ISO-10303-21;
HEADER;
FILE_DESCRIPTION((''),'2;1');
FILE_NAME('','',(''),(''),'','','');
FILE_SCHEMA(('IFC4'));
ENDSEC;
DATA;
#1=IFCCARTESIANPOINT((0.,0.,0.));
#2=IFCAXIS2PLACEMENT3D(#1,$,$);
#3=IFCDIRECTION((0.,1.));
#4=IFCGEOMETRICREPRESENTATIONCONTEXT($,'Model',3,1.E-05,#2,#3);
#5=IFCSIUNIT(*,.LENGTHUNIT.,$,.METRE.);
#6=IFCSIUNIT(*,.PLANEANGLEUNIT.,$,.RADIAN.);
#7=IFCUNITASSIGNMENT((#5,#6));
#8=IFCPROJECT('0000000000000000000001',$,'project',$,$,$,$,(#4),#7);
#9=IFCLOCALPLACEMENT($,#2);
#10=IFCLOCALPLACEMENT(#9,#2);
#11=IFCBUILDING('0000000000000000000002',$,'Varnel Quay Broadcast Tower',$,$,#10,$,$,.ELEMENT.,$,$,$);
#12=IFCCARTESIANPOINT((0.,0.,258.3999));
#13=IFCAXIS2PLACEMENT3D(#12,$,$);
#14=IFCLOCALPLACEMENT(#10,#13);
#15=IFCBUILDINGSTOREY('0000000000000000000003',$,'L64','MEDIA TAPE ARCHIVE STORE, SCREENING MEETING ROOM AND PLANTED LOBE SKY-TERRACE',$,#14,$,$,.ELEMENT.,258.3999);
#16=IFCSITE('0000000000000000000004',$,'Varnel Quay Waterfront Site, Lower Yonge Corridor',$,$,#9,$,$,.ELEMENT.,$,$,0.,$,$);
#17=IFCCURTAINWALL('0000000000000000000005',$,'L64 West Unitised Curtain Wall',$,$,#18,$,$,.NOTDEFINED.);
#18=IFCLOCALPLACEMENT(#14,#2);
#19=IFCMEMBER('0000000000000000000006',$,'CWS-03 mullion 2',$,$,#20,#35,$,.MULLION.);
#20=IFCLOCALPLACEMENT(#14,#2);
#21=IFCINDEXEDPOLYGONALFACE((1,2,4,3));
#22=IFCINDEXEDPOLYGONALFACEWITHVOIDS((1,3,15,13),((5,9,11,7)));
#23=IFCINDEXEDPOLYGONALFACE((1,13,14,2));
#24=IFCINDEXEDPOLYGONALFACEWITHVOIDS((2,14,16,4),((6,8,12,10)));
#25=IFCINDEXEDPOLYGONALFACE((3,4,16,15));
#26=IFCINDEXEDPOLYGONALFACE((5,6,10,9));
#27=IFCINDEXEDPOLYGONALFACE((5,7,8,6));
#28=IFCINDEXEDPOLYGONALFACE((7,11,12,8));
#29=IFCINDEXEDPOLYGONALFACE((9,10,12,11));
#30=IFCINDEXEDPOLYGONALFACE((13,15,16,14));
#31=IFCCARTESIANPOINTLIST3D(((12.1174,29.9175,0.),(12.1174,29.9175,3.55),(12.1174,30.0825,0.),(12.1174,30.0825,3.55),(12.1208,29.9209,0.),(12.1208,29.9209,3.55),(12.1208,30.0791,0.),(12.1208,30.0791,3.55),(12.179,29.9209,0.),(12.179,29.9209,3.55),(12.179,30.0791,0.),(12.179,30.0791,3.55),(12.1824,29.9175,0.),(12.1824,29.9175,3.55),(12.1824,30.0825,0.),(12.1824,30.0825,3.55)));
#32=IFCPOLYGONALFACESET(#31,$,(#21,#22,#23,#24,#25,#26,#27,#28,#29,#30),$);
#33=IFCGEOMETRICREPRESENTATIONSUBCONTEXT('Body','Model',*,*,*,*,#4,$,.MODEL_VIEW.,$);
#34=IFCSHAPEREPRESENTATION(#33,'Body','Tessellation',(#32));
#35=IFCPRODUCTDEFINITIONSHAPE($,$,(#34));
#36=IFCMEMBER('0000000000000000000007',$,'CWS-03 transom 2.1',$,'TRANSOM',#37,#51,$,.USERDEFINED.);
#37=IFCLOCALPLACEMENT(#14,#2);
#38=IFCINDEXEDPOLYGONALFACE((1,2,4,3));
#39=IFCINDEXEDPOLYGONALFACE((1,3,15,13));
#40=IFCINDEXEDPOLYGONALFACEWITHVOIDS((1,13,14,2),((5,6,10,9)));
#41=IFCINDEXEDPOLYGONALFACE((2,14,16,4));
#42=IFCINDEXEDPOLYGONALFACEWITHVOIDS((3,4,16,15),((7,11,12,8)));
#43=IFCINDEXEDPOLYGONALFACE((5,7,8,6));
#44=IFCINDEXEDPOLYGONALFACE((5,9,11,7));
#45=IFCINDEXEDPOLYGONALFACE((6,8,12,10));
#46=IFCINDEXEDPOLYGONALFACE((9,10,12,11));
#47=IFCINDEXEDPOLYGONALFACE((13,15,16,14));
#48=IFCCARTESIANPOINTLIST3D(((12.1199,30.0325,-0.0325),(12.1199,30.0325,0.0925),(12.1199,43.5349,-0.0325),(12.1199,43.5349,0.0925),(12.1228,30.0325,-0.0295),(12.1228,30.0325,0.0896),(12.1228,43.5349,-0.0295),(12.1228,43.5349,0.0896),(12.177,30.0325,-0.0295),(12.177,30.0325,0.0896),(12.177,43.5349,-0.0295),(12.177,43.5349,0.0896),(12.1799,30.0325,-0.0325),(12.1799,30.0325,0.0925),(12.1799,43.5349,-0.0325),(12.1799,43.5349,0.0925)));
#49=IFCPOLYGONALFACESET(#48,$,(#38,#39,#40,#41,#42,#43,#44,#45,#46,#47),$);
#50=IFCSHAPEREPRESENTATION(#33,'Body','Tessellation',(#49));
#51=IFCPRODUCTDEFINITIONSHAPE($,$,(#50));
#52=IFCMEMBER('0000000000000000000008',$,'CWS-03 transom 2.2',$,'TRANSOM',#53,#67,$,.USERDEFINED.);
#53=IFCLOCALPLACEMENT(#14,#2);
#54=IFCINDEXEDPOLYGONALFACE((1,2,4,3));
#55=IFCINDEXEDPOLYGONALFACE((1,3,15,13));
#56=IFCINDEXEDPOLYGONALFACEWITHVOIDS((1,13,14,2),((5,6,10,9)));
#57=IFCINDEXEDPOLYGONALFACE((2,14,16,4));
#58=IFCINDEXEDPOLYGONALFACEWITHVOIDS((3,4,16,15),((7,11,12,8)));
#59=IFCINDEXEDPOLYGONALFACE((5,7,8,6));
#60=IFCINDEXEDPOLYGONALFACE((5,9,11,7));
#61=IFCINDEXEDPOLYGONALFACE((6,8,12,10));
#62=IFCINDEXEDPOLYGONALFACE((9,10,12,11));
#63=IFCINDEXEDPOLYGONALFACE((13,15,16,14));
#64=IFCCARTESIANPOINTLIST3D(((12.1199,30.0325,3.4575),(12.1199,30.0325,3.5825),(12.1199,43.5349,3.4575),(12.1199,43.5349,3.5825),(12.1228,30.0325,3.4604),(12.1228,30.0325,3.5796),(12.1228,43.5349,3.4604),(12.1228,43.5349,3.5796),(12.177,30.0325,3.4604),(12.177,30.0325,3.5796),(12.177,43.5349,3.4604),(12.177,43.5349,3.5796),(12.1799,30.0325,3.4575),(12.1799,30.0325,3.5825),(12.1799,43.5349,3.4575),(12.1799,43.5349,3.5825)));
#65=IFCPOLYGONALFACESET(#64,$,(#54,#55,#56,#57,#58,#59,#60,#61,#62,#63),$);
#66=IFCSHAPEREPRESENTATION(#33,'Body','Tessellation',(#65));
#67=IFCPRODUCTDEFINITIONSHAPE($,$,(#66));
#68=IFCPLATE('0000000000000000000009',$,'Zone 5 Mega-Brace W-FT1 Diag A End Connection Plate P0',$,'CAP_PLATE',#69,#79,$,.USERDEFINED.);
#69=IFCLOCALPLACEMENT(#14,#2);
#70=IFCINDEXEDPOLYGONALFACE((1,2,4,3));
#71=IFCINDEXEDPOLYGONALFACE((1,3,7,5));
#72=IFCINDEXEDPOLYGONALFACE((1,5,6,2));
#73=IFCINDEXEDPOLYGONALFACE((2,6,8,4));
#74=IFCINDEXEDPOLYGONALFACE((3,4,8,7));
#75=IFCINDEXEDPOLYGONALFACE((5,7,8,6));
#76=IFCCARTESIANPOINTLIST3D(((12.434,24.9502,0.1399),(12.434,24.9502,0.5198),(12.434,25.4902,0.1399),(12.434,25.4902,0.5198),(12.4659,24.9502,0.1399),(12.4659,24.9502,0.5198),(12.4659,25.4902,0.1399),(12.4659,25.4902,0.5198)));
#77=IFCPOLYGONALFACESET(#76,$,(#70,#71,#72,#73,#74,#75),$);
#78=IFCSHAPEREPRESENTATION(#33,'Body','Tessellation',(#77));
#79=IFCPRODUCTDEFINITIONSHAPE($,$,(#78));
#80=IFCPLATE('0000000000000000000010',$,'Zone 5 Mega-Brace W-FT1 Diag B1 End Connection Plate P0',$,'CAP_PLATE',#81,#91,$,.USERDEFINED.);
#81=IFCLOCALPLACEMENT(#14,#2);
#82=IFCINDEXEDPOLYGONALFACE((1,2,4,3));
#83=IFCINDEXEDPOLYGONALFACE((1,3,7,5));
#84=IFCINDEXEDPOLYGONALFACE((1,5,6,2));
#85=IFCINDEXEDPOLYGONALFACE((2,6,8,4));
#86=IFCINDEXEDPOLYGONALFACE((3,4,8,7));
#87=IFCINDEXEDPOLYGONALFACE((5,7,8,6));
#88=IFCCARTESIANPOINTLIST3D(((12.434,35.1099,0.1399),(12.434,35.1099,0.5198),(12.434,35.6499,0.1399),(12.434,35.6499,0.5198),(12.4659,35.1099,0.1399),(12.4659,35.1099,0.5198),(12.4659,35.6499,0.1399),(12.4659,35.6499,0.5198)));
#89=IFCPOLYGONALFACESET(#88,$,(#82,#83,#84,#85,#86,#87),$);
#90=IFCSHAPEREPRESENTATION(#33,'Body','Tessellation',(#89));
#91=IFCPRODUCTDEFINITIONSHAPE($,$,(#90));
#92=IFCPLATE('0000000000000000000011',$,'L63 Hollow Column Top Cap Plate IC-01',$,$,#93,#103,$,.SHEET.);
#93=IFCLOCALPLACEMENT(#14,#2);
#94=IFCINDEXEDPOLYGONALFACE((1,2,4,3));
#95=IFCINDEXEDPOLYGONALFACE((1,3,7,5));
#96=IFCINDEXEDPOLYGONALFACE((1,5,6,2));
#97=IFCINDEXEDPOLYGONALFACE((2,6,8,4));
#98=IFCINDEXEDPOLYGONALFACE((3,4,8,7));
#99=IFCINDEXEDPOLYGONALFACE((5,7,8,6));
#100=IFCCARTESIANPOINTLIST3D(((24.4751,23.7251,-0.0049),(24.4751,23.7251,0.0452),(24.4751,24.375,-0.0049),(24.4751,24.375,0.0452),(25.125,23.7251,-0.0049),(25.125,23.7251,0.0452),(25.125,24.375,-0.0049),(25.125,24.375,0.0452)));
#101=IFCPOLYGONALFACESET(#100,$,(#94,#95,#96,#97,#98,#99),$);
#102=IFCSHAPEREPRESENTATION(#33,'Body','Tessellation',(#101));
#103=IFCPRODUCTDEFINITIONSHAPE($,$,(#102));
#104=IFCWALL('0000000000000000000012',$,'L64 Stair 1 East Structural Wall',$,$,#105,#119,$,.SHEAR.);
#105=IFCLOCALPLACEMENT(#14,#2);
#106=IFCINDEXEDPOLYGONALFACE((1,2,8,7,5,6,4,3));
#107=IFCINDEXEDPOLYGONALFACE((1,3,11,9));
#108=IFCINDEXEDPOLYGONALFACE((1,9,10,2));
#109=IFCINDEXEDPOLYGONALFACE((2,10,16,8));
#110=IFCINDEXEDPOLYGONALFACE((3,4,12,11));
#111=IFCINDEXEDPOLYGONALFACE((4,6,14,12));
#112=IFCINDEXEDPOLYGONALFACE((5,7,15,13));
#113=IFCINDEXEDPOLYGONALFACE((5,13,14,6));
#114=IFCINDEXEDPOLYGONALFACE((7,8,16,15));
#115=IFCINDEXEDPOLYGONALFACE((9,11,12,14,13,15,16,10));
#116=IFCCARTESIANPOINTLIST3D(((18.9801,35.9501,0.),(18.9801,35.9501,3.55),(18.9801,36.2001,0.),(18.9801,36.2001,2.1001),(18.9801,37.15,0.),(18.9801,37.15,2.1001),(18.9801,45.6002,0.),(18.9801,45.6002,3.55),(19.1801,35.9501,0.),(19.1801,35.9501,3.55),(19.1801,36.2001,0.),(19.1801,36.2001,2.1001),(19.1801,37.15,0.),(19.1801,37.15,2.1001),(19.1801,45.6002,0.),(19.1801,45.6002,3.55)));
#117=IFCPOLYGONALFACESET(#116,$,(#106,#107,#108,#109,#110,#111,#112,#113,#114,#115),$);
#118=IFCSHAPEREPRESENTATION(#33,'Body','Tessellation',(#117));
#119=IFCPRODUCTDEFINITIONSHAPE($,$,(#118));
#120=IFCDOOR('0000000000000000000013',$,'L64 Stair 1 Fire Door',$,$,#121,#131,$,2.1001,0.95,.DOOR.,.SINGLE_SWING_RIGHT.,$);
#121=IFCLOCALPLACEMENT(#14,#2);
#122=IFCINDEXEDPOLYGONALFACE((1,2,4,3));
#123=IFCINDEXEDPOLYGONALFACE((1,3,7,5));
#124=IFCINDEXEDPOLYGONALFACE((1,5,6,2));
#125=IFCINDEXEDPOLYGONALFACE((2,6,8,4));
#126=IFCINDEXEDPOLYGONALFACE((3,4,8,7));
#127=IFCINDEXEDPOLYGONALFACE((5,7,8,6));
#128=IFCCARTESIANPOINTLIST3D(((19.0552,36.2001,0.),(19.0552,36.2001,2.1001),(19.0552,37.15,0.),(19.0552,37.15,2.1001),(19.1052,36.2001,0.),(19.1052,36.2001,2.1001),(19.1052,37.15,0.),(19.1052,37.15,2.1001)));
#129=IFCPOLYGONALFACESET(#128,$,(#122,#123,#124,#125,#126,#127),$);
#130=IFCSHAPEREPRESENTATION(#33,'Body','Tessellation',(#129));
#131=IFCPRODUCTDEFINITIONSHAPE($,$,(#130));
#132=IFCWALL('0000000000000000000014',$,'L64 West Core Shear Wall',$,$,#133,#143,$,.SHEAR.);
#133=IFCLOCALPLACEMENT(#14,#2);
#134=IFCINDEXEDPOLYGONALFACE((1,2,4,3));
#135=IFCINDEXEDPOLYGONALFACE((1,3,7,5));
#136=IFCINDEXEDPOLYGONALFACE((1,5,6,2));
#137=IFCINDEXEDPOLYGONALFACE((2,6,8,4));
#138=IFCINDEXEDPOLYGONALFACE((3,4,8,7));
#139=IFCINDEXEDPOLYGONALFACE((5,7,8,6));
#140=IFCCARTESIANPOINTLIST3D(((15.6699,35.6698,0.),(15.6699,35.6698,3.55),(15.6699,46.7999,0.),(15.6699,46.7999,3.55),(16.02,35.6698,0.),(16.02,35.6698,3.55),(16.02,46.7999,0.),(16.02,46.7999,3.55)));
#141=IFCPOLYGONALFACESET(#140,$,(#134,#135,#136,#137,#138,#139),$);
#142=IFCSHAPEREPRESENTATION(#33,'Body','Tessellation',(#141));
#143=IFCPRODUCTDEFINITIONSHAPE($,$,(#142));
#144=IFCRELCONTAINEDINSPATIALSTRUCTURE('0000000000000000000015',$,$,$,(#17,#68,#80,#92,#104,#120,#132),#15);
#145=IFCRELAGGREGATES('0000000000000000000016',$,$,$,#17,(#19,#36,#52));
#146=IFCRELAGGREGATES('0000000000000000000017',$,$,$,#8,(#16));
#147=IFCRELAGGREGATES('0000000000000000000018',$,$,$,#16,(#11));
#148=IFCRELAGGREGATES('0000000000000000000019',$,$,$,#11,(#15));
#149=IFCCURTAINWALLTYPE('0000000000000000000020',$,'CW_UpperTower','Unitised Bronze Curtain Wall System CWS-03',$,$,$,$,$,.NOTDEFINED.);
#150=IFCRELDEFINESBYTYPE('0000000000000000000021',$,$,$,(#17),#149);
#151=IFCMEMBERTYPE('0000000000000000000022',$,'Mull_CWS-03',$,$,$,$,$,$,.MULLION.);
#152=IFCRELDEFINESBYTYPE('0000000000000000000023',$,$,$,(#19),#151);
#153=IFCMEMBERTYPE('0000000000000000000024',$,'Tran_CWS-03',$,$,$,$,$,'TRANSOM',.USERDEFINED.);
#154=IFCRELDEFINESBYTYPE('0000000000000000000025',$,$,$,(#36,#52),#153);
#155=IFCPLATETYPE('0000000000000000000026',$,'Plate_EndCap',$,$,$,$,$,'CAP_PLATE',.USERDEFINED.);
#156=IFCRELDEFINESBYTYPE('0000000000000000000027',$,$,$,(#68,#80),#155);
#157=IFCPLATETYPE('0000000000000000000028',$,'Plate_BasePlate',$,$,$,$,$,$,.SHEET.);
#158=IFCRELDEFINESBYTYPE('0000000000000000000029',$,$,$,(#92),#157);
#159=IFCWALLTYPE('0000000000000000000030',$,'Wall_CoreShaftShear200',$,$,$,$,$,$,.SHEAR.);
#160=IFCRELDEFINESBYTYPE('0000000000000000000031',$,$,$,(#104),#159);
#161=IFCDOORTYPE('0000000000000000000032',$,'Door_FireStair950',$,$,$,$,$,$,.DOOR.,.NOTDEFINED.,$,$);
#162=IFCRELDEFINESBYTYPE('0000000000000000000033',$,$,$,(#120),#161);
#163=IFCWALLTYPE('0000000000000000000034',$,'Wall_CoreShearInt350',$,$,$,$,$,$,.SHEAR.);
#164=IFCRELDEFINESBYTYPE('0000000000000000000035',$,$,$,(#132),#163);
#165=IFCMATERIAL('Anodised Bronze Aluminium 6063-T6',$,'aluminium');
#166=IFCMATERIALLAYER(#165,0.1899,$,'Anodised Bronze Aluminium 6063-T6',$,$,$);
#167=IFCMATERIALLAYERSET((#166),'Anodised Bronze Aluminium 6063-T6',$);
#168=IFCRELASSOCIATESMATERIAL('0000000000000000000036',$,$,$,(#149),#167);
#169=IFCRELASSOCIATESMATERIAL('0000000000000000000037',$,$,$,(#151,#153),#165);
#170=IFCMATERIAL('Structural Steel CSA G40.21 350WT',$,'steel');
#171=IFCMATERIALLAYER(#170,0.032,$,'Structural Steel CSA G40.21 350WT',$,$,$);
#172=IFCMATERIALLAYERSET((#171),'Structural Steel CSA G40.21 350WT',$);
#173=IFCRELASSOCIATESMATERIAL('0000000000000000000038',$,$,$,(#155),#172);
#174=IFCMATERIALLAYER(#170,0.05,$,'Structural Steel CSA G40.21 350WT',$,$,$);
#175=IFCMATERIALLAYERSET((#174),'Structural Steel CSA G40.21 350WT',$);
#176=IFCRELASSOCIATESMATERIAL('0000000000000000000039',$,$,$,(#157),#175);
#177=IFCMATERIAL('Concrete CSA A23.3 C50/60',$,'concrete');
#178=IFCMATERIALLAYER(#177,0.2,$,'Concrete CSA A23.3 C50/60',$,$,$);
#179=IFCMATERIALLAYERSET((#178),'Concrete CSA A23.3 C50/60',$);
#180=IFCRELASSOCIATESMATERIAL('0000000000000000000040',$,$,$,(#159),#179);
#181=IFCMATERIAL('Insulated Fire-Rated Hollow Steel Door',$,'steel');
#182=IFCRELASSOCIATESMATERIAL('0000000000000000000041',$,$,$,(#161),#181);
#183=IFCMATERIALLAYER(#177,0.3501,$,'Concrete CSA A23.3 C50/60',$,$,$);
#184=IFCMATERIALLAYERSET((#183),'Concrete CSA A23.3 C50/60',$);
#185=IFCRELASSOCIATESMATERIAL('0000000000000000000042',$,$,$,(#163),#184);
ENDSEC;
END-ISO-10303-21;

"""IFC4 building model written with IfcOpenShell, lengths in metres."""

from ifc_helpers import new_model, si_unit, direction, frame, frame_2d, origin, origin_2d, place, context, subcontext, project, spatial, rectangle, hollow_rectangle, extrude, source, transform, mapped, material, layer, layer_set, material_profile, profile_set, type_object, type_shapes, element, fill, aggregate, save


model = new_model("IFC4")

# Units and contexts
model_context = context("Model", 3, precision=1e-05, world=origin(), true_north=direction((0.0, 1.0)))
body_context = subcontext(model_context, "Body", "Model", "MODEL_VIEW")
ifc_project = project(units=[si_unit("LENGTHUNIT", "METRE"), si_unit("PLANEANGLEUNIT", "RADIAN")], contexts=[model_context])

# Site, building, storey
site_placement = place(None, origin())
site = spatial("IfcSite", under=ifc_project, at=site_placement, Name="Varnel Quay Waterfront Site, Lower Yonge Corridor", CompositionType="ELEMENT", RefElevation=0.0)
building_placement = place(site_placement, origin())
building = spatial("IfcBuilding", under=site, at=building_placement, Name="Varnel Quay Broadcast Tower", CompositionType="ELEMENT")
storey_placement = place(building_placement, frame((0.0, 0.0, 258.3999)))
storey = spatial("IfcBuildingStorey", under=building, at=storey_placement, Name="L64", Description="MEDIA TAPE ARCHIVE STORE, SCREENING MEETING ROOM AND PLANTED LOBE SKY-TERRACE", CompositionType="ELEMENT", Elevation=258.3999)

# Shared definitions
ifc_material_1 = material(Name="Structural Steel CSA G40.21 350WT", Category="steel")

# Shared definitions
ifc_material_2 = material(Name="Concrete CSA A23.3 C50/60", Category="concrete")

# Curtain wall, members
ifc_material_3 = material(Name="Anodised Bronze Aluminium 6063-T6", Category="aluminium")
ifc_layer_1 = layer(ifc_material_3, 0.1899, Name="Anodised Bronze Aluminium 6063-T6")
ifc_layer_set_1 = layer_set([ifc_layer_1], Name="Anodised Bronze Aluminium 6063-T6")
curtain_wall_type = type_object("IfcCurtainWallType", Name="CW_UpperTower", Description="Unitised Bronze Curtain Wall System CWS-03", PredefinedType="NOTDEFINED", material=ifc_layer_set_1)
curtain_wall_placement = place(storey_placement, origin())
curtain_wall = element("IfcCurtainWall", 1, at=curtain_wall_placement, inside=storey, type_object=curtain_wall_type, Name="L64 West Unitised Curtain Wall", PredefinedType="NOTDEFINED")
ifc_material_profile_1 = material_profile(ifc_material_3, hollow_rectangle(XDim=0.0649, YDim=0.165, WallThickness=0.0034, at=origin_2d()), Name="ALU65X165X3.5")
ifc_profile_set_1 = profile_set([ifc_material_profile_1], Name="Anodised Bronze Aluminium 6063-T6")
member_type_1 = type_object("IfcMemberType", Name="Mull_CWS-03", PredefinedType="MULLION", material=ifc_profile_set_1)
shared_shape_1 = source(origin(), body_context, "Body", "SweptSolid", [
    extrude(hollow_rectangle(XDim=0.0649, YDim=0.165, WallThickness=0.0034, at=origin_2d()), origin(), (0.0, 0.0, 1.0), 3.55),
])
type_shapes(member_type_1, [shared_shape_1])
member_1_placement = place(storey_placement, frame((12.1499, 30.0, 0.0), z_axis=(0.0, 0.0, 1.0), x_axis=(-1.0, 0.0, 0.0)))
member_1 = element("IfcMember", 2, at=member_1_placement, type_object=member_type_1, Name="CWS-03 mullion 2", PredefinedType="MULLION", context=body_context, shape_type="MappedRepresentation", body=[
    mapped(shared_shape_1, transform((0.0, 0.0, 0.0), x_axis=(1.0, 0.0, 0.0), y_axis=(0.0, 1.0, 0.0), z_axis=(0.0, 0.0, 1.0), scale=1.0)),
])
ifc_material_profile_2 = material_profile(ifc_material_3, hollow_rectangle(XDim=0.0601, YDim=0.125, WallThickness=0.0029, at=origin_2d()), Name="ALU60X125X3")
ifc_profile_set_2 = profile_set([ifc_material_profile_2], Name="Anodised Bronze Aluminium 6063-T6")
member_type_2 = type_object("IfcMemberType", Name="Tran_CWS-03", ElementType="TRANSOM", PredefinedType="USERDEFINED", material=ifc_profile_set_2)
shared_shape_2 = source(origin(), body_context, "Body", "SweptSolid", [
    extrude(hollow_rectangle(XDim=0.0601, YDim=0.125, WallThickness=0.0029, at=origin_2d()), origin(), (0.0, 0.0, 1.0), 13.5024),
])
type_shapes(member_type_2, [shared_shape_2])
member_2_placement = place(storey_placement, frame((12.1499, 30.0325, 0.03), z_axis=(0.0, 1.0, 0.0), x_axis=(-1.0, 0.0, 0.0)))
member_2 = element("IfcMember", 3, at=member_2_placement, type_object=member_type_2, Name="CWS-03 transom 2.1", ObjectType="TRANSOM", PredefinedType="USERDEFINED", context=body_context, shape_type="MappedRepresentation", body=[
    mapped(shared_shape_2, transform((0.0, 0.0, 0.0), x_axis=(1.0, 0.0, 0.0), y_axis=(0.0, 1.0, 0.0), z_axis=(0.0, 0.0, 1.0), scale=1.0)),
])
member_3_placement = place(storey_placement, frame((12.1499, 30.0325, 3.52), z_axis=(0.0, 1.0, 0.0), x_axis=(-1.0, 0.0, 0.0)))
member_3 = element("IfcMember", 4, at=member_3_placement, type_object=member_type_2, Name="CWS-03 transom 2.2", ObjectType="TRANSOM", PredefinedType="USERDEFINED", context=body_context, shape_type="MappedRepresentation", body=[
    mapped(shared_shape_2, transform((0.0, 0.0, 0.0), x_axis=(1.0, 0.0, 0.0), y_axis=(0.0, 1.0, 0.0), z_axis=(0.0, 0.0, 1.0), scale=1.0)),
])
aggregate(curtain_wall, [member_1, member_2, member_3])

# Plates
ifc_layer_2 = layer(ifc_material_1, 0.032, Name="Structural Steel CSA G40.21 350WT")
ifc_layer_set_2 = layer_set([ifc_layer_2], Name="Structural Steel CSA G40.21 350WT")
plate_type_1 = type_object("IfcPlateType", Name="Plate_EndCap", ElementType="CAP_PLATE", PredefinedType="USERDEFINED", material=ifc_layer_set_2)
shared_shape_3 = source(origin(), body_context, "Body", "SweptSolid", [
    extrude(rectangle(XDim=0.54, YDim=0.032, at=origin_2d()), origin(), (0.0, 0.0, 1.0), 0.3799),
])
type_shapes(plate_type_1, [shared_shape_3])
for number, where, z_axis, x_axis, name in (
    (5, (12.45, 25.2202, 0.1399), (0.0, 0.0, 1.0), (0.0, 1.0, 0.0), "Zone 5 Mega-Brace W-FT1 Diag A End Connection Plate P0"),
    (6, (12.45, 35.3799, 0.1399), (0.0, 0.0, 1.0), (0.0, 1.0, 0.0), "Zone 5 Mega-Brace W-FT1 Diag B1 End Connection Plate P0"),
):
    element("IfcPlate", number, at=place(storey_placement, frame(where, z_axis=z_axis, x_axis=x_axis)), inside=storey, type_object=plate_type_1, Name=name, ObjectType="CAP_PLATE", PredefinedType="USERDEFINED", context=body_context, shape_type="MappedRepresentation", body=[
        mapped(shared_shape_3, transform((0.0, 0.0, 0.0), x_axis=(1.0, 0.0, 0.0), y_axis=(0.0, 1.0, 0.0), z_axis=(0.0, 0.0, 1.0), scale=1.0)),
    ])
ifc_layer_3 = layer(ifc_material_1, 0.05, Name="Structural Steel CSA G40.21 350WT")
ifc_layer_set_3 = layer_set([ifc_layer_3], Name="Structural Steel CSA G40.21 350WT")
plate_type_2 = type_object("IfcPlateType", Name="Plate_BasePlate", PredefinedType="SHEET", material=ifc_layer_set_3)
shared_shape_4 = source(origin(), body_context, "Body", "SweptSolid", [
    extrude(rectangle(XDim=0.6499, YDim=0.6499, at=origin_2d()), origin(), (0.0, 0.0, 1.0), 0.05),
])
type_shapes(plate_type_2, [shared_shape_4])
plate_placement = place(storey_placement, frame((24.8, 24.05, -0.0049), z_axis=(0.0, 0.0, 1.0), x_axis=(1.0, 0.0, 0.0)))
element("IfcPlate", 7, at=plate_placement, inside=storey, type_object=plate_type_2, Name="L63 Hollow Column Top Cap Plate IC-01", PredefinedType="SHEET", context=body_context, shape_type="MappedRepresentation", body=[
    mapped(shared_shape_4, transform((0.0, 0.0, 0.0), x_axis=(1.0, 0.0, 0.0), y_axis=(0.0, 1.0, 0.0), z_axis=(0.0, 0.0, 1.0), scale=1.0)),
])

# Wall, opening, door
ifc_layer_4 = layer(ifc_material_2, 0.2, Name="Concrete CSA A23.3 C50/60")
ifc_layer_set_4 = layer_set([ifc_layer_4], Name="Concrete CSA A23.3 C50/60")
wall_type_1 = type_object("IfcWallType", Name="Wall_CoreShaftShear200", PredefinedType="SHEAR", material=ifc_layer_set_4)
wall_1_placement = place(storey_placement, frame((19.0801, 35.95, 0.0), z_axis=(0.0, 0.0, 1.0), x_axis=(0.0, 1.0, 0.0)))
wall_1 = element("IfcWall", 8, at=wall_1_placement, inside=storey, type_object=wall_type_1, Name="L64 Stair 1 East Structural Wall", PredefinedType="SHEAR", context=body_context, shape_type="SweptSolid", body=[
    extrude(rectangle(XDim=9.6501, YDim=0.2, at=frame_2d((4.8252, 0.0))), origin(), (0.0, 0.0, 1.0), 3.55),
])
opening_1_placement = place(wall_1_placement, frame((0.25, 0.0, 0.0)))
opening_1 = element("IfcOpeningElement", 9, at=opening_1_placement, cuts=wall_1, PredefinedType="OPENING", context=body_context, shape_type="SweptSolid", body=[
    extrude(rectangle(XDim=0.95, YDim=2.1001, at=frame_2d((0.4751, 1.05))), frame((0.0, 0.1099, 0.0), z_axis=(0.0, -1.0, 0.0), x_axis=(1.0, 0.0, 0.0)), (0.0, 0.0, 1.0), 0.22),
])
ifc_material_4 = material(Name="Insulated Fire-Rated Hollow Steel Door", Category="steel")
door_type_1 = type_object("IfcDoorType", Name="Door_FireStair950", OperationType="NOTDEFINED", PredefinedType="DOOR", material=ifc_material_4)
shared_shape_5 = source(origin(), body_context, "Body", "SweptSolid", [
    extrude(rectangle(XDim=0.95, YDim=2.1001, at=frame_2d((0.4751, 1.05))), frame((0.0, 0.0249, 0.0), z_axis=(0.0, -1.0, 0.0), x_axis=(1.0, 0.0, 0.0)), (0.0, 0.0, 1.0), 0.05),
])
type_shapes(door_type_1, [shared_shape_5])
door_1_placement = place(opening_1_placement, origin())
door_1 = element("IfcDoor", 10, at=door_1_placement, inside=storey, type_object=door_type_1, Name="L64 Stair 1 Fire Door", OperationType="SINGLE_SWING_RIGHT", OverallHeight=2.1001, OverallWidth=0.95, PredefinedType="DOOR", context=body_context, shape_type="MappedRepresentation", body=[
    mapped(shared_shape_5, transform((0.0, 0.0, 0.0), x_axis=(1.0, 0.0, 0.0), y_axis=(0.0, 1.0, 0.0), z_axis=(0.0, 0.0, 1.0), scale=1.0)),
])
fill(opening_1, door_1)

# Wall
ifc_layer_5 = layer(ifc_material_2, 0.3501, Name="Concrete CSA A23.3 C50/60")
ifc_layer_set_5 = layer_set([ifc_layer_5], Name="Concrete CSA A23.3 C50/60")
wall_type_2 = type_object("IfcWallType", Name="Wall_CoreShearInt350", PredefinedType="SHEAR", material=ifc_layer_set_5)
wall_2_placement = place(storey_placement, frame((15.845, 35.6699, 0.0), z_axis=(0.0, 0.0, 1.0), x_axis=(0.0, 1.0, 0.0)))
element("IfcWall", 11, at=wall_2_placement, inside=storey, type_object=wall_type_2, Name="L64 West Core Shear Wall", PredefinedType="SHEAR", context=body_context, shape_type="SweptSolid", body=[
    extrude(rectangle(XDim=11.1301, YDim=0.3501, at=frame_2d((5.5649, 0.0))), origin(), (0.0, 0.0, 1.0), 3.55),
])

save(model, "model.ifc")
